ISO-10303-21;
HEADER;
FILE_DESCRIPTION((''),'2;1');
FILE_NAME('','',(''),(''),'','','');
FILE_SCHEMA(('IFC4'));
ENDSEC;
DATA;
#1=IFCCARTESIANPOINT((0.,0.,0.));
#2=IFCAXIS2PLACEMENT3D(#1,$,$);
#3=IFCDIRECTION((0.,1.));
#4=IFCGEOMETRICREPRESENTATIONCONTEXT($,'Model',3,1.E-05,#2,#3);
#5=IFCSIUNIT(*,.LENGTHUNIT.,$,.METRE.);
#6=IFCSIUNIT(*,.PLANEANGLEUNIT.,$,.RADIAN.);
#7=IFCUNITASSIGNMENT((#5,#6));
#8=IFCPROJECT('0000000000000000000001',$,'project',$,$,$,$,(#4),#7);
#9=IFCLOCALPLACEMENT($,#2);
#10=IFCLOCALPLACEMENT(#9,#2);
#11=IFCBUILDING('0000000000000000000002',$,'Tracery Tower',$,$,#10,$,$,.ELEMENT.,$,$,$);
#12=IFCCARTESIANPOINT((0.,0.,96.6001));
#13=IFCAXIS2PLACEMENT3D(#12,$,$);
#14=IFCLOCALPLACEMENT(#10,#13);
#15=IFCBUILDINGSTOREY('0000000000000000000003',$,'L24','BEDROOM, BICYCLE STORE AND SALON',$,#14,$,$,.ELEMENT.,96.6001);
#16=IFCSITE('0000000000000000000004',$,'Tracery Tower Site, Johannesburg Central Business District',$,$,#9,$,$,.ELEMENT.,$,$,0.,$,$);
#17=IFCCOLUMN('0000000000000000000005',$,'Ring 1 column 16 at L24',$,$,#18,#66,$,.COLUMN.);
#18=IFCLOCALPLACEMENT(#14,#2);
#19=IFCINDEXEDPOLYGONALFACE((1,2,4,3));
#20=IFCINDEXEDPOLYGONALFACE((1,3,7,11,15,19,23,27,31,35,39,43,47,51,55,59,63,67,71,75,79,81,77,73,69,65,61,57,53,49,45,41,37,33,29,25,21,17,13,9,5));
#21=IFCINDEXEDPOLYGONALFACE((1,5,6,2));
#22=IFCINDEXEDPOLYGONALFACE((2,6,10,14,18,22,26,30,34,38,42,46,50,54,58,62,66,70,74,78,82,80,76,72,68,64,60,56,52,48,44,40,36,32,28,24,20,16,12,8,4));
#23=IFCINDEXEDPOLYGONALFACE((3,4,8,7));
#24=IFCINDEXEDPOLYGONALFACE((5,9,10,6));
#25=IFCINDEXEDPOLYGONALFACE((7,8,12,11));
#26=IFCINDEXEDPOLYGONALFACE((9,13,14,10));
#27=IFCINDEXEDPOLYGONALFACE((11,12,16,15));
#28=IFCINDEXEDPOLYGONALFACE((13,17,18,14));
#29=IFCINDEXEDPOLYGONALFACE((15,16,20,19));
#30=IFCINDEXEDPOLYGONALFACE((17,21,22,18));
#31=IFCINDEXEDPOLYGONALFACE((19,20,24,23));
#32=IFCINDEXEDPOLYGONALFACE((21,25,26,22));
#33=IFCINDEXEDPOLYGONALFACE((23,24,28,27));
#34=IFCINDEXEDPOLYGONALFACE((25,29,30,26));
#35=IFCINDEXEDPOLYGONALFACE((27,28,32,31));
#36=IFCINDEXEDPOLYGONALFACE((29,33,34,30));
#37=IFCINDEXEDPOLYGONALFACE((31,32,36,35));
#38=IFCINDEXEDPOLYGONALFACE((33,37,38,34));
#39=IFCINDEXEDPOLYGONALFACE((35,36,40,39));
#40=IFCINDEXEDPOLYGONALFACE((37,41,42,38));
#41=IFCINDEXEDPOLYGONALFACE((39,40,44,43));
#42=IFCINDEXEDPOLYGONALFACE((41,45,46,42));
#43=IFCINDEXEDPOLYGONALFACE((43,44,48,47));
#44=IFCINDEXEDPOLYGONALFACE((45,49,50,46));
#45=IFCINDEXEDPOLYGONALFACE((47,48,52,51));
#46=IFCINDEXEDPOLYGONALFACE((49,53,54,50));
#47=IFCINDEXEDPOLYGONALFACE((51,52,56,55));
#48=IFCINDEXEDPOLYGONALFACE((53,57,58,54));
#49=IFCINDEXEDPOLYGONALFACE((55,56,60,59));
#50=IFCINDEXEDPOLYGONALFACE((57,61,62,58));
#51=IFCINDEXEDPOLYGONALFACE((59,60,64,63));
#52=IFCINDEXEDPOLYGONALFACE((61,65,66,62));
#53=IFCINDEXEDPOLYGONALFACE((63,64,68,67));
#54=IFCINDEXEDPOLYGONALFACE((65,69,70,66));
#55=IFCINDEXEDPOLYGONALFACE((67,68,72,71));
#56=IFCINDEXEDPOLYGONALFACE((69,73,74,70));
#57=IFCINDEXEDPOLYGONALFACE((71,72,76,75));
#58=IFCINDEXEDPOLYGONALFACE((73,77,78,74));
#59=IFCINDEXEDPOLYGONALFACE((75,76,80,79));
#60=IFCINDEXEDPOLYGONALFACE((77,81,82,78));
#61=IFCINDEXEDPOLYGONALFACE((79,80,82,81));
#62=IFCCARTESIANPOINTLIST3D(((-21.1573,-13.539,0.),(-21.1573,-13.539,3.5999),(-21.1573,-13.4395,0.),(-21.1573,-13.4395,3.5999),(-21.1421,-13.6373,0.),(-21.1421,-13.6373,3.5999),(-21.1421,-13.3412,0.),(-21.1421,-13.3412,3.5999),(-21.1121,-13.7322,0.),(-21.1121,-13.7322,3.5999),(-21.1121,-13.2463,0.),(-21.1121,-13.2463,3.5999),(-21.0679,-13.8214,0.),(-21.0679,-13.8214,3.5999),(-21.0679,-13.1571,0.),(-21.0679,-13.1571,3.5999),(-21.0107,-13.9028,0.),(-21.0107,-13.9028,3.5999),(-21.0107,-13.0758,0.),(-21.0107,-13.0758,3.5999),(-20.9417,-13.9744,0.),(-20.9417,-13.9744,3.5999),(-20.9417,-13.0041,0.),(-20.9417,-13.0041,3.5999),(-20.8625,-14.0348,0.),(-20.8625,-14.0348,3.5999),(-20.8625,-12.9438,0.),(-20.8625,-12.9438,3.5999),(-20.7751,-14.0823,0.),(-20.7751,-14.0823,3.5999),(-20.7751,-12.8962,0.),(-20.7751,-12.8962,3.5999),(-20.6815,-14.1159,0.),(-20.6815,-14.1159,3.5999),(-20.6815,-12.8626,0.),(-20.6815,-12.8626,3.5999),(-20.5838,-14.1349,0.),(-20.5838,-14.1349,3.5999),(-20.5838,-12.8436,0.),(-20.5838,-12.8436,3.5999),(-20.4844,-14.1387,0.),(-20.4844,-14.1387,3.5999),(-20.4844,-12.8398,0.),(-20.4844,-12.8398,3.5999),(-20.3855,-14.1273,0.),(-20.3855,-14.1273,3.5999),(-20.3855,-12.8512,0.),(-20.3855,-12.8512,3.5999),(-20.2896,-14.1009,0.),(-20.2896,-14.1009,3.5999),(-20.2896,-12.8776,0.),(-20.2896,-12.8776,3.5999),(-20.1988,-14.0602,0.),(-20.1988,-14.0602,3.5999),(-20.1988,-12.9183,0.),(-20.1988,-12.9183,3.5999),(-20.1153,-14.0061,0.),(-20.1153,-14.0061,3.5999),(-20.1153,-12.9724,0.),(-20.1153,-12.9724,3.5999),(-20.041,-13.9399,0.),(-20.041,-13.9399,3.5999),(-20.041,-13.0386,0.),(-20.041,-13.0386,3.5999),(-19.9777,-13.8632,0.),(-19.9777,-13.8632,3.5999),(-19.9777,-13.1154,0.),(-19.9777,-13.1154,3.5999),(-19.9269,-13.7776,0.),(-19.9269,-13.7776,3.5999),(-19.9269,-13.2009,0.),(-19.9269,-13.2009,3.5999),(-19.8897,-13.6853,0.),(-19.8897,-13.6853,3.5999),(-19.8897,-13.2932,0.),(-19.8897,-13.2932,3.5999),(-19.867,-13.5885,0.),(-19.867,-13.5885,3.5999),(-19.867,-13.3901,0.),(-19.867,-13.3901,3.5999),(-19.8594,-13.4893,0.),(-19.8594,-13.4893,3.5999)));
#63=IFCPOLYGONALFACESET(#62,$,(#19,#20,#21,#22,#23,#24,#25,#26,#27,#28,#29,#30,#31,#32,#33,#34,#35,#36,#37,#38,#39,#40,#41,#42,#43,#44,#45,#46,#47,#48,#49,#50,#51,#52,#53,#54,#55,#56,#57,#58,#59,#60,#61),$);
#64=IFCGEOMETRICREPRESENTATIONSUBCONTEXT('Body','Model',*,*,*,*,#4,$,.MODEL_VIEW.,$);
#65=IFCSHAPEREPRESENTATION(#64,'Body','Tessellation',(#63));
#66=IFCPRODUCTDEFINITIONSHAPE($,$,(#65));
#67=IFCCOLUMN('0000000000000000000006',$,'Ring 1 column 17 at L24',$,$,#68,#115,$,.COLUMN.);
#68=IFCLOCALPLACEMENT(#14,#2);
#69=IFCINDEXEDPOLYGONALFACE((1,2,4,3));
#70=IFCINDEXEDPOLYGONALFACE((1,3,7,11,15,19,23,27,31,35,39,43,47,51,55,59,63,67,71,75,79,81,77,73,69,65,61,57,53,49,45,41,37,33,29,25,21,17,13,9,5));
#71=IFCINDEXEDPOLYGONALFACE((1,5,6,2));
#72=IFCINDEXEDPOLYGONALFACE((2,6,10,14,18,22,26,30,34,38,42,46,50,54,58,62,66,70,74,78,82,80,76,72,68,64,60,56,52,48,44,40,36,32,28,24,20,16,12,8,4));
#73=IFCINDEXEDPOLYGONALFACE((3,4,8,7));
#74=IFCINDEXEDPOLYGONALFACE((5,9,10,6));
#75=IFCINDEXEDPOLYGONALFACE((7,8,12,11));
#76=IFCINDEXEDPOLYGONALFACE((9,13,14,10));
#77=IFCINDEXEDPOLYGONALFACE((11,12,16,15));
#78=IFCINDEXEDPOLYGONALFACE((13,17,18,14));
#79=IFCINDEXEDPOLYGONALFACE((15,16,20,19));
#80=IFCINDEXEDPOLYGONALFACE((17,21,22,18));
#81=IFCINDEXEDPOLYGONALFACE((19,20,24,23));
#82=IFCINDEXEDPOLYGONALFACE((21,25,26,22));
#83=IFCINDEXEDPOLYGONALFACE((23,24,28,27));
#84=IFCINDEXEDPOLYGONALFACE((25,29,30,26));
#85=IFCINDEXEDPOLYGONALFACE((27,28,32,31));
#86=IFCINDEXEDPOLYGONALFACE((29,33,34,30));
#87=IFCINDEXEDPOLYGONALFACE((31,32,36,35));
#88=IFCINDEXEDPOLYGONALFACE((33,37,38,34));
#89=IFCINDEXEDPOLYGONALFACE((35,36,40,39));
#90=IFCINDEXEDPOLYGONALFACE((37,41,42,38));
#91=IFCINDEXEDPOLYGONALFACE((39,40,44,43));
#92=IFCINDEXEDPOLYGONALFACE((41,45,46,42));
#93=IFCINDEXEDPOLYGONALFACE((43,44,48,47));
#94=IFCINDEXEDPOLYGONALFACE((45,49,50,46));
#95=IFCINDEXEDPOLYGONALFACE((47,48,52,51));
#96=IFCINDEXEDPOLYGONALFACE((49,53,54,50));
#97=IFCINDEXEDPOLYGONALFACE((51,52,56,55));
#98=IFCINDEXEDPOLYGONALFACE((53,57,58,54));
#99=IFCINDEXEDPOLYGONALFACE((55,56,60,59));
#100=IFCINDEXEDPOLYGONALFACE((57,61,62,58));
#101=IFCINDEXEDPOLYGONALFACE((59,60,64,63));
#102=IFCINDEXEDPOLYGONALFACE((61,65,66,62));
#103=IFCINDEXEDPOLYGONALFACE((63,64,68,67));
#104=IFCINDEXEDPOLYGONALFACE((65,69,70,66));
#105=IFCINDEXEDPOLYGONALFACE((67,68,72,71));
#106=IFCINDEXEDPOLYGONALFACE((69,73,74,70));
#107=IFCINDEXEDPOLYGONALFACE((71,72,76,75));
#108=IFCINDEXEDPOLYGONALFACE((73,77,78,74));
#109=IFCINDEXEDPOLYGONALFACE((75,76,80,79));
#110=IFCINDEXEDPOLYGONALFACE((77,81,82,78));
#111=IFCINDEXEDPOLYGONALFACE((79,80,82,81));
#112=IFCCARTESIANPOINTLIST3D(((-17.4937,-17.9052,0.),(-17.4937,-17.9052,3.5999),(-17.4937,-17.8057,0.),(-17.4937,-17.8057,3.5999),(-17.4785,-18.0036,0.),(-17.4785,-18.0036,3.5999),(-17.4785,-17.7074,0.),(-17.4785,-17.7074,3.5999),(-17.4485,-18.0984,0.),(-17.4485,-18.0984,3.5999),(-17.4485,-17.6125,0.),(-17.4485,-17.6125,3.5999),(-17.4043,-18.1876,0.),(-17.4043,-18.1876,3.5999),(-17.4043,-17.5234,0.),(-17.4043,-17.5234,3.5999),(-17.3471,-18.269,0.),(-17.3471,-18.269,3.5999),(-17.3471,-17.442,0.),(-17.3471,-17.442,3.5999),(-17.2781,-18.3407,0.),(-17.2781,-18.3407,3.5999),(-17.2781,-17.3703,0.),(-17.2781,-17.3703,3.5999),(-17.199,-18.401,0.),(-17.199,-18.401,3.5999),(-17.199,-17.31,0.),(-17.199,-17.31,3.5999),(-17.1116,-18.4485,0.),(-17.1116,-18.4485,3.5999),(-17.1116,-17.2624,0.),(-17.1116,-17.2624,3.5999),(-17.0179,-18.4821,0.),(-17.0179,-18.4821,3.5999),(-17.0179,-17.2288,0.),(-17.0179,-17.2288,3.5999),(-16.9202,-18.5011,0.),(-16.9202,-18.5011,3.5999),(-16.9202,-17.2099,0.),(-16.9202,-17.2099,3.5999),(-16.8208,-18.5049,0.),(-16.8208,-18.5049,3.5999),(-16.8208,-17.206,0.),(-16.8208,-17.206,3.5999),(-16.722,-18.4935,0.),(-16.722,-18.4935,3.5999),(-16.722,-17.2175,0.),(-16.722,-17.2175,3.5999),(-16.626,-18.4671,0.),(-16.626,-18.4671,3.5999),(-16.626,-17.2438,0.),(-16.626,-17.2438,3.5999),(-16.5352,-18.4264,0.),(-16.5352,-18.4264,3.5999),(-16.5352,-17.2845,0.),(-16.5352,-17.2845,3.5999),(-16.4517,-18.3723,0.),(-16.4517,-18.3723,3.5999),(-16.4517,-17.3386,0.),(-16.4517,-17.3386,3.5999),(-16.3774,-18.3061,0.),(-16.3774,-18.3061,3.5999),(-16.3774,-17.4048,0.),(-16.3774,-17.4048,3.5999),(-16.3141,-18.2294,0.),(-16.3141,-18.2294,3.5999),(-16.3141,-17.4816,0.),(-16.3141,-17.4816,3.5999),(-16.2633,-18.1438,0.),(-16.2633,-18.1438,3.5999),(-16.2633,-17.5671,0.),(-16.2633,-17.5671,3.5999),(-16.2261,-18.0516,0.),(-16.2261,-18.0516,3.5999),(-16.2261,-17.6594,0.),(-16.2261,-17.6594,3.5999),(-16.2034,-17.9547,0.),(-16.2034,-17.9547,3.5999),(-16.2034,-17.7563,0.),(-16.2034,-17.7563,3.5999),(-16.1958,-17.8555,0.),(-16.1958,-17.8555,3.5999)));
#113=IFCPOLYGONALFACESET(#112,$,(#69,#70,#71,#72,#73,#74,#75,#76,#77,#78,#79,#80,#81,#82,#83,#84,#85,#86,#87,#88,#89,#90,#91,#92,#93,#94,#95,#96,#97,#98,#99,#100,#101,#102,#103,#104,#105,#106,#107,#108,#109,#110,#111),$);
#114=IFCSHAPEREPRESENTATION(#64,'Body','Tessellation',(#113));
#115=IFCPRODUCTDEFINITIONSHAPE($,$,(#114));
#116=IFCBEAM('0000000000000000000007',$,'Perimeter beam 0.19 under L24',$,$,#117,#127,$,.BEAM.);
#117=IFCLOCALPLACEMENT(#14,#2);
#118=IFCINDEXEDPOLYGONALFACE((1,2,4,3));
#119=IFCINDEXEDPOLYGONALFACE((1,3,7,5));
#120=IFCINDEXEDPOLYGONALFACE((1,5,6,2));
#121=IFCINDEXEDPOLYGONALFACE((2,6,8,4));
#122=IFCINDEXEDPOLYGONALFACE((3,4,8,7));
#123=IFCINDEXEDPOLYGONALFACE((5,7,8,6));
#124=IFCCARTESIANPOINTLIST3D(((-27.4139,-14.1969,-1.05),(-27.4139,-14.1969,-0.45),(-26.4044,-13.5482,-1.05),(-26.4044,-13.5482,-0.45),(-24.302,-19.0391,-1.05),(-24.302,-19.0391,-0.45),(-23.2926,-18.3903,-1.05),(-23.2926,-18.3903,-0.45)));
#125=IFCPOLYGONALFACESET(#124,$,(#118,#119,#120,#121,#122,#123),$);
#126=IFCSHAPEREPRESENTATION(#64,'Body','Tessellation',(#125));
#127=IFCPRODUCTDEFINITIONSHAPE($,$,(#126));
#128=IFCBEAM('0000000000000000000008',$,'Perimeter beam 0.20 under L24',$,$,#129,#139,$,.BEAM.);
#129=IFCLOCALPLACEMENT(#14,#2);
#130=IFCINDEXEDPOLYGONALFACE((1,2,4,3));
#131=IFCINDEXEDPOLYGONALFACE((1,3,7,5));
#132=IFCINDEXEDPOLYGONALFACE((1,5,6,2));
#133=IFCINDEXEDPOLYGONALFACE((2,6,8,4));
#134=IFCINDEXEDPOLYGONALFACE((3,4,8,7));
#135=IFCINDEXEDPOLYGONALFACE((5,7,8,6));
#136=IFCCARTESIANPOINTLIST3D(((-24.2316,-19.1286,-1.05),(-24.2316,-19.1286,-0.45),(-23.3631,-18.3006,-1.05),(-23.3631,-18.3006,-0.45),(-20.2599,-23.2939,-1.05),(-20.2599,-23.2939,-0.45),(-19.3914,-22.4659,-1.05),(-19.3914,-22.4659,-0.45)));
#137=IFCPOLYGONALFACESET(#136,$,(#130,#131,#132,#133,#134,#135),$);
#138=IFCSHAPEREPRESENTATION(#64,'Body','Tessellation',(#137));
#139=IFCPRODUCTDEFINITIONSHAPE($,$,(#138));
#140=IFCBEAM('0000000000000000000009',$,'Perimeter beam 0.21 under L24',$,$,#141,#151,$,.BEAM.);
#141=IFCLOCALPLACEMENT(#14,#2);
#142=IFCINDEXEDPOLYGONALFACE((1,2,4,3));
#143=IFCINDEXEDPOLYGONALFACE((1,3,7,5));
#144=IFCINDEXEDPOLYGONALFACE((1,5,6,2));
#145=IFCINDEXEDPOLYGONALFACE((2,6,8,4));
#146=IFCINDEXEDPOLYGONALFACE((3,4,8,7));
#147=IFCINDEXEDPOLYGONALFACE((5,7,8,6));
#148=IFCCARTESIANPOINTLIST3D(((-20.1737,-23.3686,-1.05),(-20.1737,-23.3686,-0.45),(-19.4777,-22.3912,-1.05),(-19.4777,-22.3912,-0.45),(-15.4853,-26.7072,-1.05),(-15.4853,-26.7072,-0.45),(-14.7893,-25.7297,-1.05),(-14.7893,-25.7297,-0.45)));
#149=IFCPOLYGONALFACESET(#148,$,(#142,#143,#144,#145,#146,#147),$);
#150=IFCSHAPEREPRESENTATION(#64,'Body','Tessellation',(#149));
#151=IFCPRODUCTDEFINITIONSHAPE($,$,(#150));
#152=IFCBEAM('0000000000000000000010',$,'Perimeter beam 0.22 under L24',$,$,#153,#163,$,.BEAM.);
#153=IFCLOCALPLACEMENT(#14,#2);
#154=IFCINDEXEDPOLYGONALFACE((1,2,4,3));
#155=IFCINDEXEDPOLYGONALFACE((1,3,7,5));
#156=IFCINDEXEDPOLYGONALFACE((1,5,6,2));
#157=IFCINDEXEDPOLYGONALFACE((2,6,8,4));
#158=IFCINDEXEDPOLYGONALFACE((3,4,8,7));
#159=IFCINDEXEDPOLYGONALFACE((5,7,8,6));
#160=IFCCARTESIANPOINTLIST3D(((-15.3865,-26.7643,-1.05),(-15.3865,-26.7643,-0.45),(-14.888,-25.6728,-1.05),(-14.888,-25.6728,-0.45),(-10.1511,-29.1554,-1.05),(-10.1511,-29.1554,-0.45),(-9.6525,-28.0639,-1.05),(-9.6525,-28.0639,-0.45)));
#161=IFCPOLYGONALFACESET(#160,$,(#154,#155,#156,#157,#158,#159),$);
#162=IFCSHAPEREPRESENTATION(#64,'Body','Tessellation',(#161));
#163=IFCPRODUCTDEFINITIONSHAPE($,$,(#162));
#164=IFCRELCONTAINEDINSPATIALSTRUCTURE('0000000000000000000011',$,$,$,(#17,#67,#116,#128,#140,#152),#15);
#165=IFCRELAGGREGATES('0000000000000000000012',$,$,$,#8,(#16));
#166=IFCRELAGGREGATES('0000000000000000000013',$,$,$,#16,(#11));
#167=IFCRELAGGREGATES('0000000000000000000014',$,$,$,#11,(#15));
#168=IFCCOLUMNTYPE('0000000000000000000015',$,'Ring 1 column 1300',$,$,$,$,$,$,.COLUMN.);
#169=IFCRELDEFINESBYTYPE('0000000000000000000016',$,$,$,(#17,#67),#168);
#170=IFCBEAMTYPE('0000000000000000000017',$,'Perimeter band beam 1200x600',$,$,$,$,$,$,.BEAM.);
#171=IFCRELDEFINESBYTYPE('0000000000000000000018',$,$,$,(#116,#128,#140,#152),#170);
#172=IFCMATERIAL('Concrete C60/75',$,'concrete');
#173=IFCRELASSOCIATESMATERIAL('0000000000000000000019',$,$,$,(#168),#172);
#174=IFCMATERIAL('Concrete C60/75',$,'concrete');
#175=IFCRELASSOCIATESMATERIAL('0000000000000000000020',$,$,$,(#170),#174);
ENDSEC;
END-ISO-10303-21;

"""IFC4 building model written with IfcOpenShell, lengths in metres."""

from ifc_helpers import new_model, si_unit, direction, frame, origin, origin_2d, place, context, subcontext, project, spatial, rectangle, circle, extrude, material, material_profile, profile_set, type_object, element, save


model = new_model("IFC4")

# Units and contexts
model_context = context("Model", 3, precision=1e-05, world=origin(), true_north=direction((0.0, 1.0)))
body_context = subcontext(model_context, "Body", "Model", "MODEL_VIEW")
ifc_project = project(units=[si_unit("LENGTHUNIT", "METRE"), si_unit("PLANEANGLEUNIT", "RADIAN")], contexts=[model_context])

# Site, building, storey
site_placement = place(None, origin())
site = spatial("IfcSite", under=ifc_project, at=site_placement, Name="Tracery Tower Site, Johannesburg Central Business District", CompositionType="ELEMENT", RefElevation=0.0)
building_placement = place(site_placement, origin())
building = spatial("IfcBuilding", under=site, at=building_placement, Name="Tracery Tower", CompositionType="ELEMENT")
storey_placement = place(building_placement, frame((0.0, 0.0, 96.6001)))
storey = spatial("IfcBuildingStorey", under=building, at=storey_placement, Name="L24", Description="BEDROOM, BICYCLE STORE AND SALON", CompositionType="ELEMENT", Elevation=96.6001)

# Columns
ifc_material_1 = material(Name="Concrete C60/75", Category="concrete")
ifc_material_profile_1 = material_profile(ifc_material_1, circle(Radius=0.6499, at=origin_2d()), Name="RC D1300")
ifc_profile_set_1 = profile_set([ifc_material_profile_1], Name="Concrete C60/75")
column_type_1 = type_object("IfcColumnType", Name="Ring 1 column 1300", PredefinedType="COLUMN", material=ifc_profile_set_1)
for number, where, z_axis, x_axis, name in (
    (1, (-20.5093, -13.4893, 0.0), (0.0, 0.0, 1.0), (1.0, 0.0, 0.0), "Ring 1 column 16 at L24"),
    (2, (-16.8457, -17.8555, 0.0), (0.0, 0.0, 1.0), (1.0, 0.0, 0.0), "Ring 1 column 17 at L24"),
):
    element("IfcColumn", number, at=place(storey_placement, frame(where, z_axis=z_axis, x_axis=x_axis)), inside=storey, type_object=column_type_1, Name=name, PredefinedType="COLUMN", context=body_context, shape_type="SweptSolid", body=[
        extrude(circle(Radius=0.6499, at=origin_2d()), origin(), (0.0, 0.0, 1.0), 3.5999),
    ])

# Beams
ifc_material_2 = material(Name="Concrete C60/75", Category="concrete")
ifc_material_profile_2 = material_profile(ifc_material_2, rectangle(XDim=1.2, YDim=0.6001, at=origin_2d()), Name="RC 1200x600")
ifc_profile_set_2 = profile_set([ifc_material_profile_2], Name="Concrete C60/75")
beam_type = type_object("IfcBeamType", Name="Perimeter band beam 1200x600", PredefinedType="BEAM", material=ifc_profile_set_2)
beam_1_placement = place(storey_placement, frame((-26.9092, -13.8726, -0.75), z_axis=(0.540644, -0.841252, 0.0), x_axis=(0.841252, 0.540644, 0.0)))
element("IfcBeam", 3, at=beam_1_placement, inside=storey, type_object=beam_type, Name="Perimeter beam 0.19 under L24", PredefinedType="BEAM", context=body_context, shape_type="SweptSolid", body=[
    extrude(rectangle(XDim=1.2, YDim=0.6001, at=origin_2d()), origin(), (0.0, 0.0, 1.0), 5.7559),
])
beam_2_placement = place(storey_placement, frame((-23.7974, -18.7146, -0.75), z_axis=(0.690087, -0.723726, 0.0), x_axis=(0.723726, 0.690087, 0.0)))
element("IfcBeam", 4, at=beam_2_placement, inside=storey, type_object=beam_type, Name="Perimeter beam 0.20 under L24", PredefinedType="BEAM", context=body_context, shape_type="SweptSolid", body=[
    extrude(rectangle(XDim=1.2, YDim=0.6001, at=origin_2d()), origin(), (0.0, 0.0, 1.0), 5.7554),
])
for number, where, z_axis, x_axis, name in (
    (5, (-19.8257, -22.8799, -0.75), (0.814578, -0.580054, 0.0), (0.580054, 0.814578, 0.0), "Perimeter beam 0.21 under L24"),
    (6, (-15.1372, -26.2185, -0.75), (0.909618, -0.415445, 0.0), (0.415445, 0.909618, 0.0), "Perimeter beam 0.22 under L24"),
):
    element("IfcBeam", number, at=place(storey_placement, frame(where, z_axis=z_axis, x_axis=x_axis)), inside=storey, type_object=beam_type, Name=name, PredefinedType="BEAM", context=body_context, shape_type="SweptSolid", body=[
        extrude(rectangle(XDim=1.2, YDim=0.6001, at=origin_2d()), origin(), (0.0, 0.0, 1.0), 5.7556),
    ])

save(model, "model.ifc")
